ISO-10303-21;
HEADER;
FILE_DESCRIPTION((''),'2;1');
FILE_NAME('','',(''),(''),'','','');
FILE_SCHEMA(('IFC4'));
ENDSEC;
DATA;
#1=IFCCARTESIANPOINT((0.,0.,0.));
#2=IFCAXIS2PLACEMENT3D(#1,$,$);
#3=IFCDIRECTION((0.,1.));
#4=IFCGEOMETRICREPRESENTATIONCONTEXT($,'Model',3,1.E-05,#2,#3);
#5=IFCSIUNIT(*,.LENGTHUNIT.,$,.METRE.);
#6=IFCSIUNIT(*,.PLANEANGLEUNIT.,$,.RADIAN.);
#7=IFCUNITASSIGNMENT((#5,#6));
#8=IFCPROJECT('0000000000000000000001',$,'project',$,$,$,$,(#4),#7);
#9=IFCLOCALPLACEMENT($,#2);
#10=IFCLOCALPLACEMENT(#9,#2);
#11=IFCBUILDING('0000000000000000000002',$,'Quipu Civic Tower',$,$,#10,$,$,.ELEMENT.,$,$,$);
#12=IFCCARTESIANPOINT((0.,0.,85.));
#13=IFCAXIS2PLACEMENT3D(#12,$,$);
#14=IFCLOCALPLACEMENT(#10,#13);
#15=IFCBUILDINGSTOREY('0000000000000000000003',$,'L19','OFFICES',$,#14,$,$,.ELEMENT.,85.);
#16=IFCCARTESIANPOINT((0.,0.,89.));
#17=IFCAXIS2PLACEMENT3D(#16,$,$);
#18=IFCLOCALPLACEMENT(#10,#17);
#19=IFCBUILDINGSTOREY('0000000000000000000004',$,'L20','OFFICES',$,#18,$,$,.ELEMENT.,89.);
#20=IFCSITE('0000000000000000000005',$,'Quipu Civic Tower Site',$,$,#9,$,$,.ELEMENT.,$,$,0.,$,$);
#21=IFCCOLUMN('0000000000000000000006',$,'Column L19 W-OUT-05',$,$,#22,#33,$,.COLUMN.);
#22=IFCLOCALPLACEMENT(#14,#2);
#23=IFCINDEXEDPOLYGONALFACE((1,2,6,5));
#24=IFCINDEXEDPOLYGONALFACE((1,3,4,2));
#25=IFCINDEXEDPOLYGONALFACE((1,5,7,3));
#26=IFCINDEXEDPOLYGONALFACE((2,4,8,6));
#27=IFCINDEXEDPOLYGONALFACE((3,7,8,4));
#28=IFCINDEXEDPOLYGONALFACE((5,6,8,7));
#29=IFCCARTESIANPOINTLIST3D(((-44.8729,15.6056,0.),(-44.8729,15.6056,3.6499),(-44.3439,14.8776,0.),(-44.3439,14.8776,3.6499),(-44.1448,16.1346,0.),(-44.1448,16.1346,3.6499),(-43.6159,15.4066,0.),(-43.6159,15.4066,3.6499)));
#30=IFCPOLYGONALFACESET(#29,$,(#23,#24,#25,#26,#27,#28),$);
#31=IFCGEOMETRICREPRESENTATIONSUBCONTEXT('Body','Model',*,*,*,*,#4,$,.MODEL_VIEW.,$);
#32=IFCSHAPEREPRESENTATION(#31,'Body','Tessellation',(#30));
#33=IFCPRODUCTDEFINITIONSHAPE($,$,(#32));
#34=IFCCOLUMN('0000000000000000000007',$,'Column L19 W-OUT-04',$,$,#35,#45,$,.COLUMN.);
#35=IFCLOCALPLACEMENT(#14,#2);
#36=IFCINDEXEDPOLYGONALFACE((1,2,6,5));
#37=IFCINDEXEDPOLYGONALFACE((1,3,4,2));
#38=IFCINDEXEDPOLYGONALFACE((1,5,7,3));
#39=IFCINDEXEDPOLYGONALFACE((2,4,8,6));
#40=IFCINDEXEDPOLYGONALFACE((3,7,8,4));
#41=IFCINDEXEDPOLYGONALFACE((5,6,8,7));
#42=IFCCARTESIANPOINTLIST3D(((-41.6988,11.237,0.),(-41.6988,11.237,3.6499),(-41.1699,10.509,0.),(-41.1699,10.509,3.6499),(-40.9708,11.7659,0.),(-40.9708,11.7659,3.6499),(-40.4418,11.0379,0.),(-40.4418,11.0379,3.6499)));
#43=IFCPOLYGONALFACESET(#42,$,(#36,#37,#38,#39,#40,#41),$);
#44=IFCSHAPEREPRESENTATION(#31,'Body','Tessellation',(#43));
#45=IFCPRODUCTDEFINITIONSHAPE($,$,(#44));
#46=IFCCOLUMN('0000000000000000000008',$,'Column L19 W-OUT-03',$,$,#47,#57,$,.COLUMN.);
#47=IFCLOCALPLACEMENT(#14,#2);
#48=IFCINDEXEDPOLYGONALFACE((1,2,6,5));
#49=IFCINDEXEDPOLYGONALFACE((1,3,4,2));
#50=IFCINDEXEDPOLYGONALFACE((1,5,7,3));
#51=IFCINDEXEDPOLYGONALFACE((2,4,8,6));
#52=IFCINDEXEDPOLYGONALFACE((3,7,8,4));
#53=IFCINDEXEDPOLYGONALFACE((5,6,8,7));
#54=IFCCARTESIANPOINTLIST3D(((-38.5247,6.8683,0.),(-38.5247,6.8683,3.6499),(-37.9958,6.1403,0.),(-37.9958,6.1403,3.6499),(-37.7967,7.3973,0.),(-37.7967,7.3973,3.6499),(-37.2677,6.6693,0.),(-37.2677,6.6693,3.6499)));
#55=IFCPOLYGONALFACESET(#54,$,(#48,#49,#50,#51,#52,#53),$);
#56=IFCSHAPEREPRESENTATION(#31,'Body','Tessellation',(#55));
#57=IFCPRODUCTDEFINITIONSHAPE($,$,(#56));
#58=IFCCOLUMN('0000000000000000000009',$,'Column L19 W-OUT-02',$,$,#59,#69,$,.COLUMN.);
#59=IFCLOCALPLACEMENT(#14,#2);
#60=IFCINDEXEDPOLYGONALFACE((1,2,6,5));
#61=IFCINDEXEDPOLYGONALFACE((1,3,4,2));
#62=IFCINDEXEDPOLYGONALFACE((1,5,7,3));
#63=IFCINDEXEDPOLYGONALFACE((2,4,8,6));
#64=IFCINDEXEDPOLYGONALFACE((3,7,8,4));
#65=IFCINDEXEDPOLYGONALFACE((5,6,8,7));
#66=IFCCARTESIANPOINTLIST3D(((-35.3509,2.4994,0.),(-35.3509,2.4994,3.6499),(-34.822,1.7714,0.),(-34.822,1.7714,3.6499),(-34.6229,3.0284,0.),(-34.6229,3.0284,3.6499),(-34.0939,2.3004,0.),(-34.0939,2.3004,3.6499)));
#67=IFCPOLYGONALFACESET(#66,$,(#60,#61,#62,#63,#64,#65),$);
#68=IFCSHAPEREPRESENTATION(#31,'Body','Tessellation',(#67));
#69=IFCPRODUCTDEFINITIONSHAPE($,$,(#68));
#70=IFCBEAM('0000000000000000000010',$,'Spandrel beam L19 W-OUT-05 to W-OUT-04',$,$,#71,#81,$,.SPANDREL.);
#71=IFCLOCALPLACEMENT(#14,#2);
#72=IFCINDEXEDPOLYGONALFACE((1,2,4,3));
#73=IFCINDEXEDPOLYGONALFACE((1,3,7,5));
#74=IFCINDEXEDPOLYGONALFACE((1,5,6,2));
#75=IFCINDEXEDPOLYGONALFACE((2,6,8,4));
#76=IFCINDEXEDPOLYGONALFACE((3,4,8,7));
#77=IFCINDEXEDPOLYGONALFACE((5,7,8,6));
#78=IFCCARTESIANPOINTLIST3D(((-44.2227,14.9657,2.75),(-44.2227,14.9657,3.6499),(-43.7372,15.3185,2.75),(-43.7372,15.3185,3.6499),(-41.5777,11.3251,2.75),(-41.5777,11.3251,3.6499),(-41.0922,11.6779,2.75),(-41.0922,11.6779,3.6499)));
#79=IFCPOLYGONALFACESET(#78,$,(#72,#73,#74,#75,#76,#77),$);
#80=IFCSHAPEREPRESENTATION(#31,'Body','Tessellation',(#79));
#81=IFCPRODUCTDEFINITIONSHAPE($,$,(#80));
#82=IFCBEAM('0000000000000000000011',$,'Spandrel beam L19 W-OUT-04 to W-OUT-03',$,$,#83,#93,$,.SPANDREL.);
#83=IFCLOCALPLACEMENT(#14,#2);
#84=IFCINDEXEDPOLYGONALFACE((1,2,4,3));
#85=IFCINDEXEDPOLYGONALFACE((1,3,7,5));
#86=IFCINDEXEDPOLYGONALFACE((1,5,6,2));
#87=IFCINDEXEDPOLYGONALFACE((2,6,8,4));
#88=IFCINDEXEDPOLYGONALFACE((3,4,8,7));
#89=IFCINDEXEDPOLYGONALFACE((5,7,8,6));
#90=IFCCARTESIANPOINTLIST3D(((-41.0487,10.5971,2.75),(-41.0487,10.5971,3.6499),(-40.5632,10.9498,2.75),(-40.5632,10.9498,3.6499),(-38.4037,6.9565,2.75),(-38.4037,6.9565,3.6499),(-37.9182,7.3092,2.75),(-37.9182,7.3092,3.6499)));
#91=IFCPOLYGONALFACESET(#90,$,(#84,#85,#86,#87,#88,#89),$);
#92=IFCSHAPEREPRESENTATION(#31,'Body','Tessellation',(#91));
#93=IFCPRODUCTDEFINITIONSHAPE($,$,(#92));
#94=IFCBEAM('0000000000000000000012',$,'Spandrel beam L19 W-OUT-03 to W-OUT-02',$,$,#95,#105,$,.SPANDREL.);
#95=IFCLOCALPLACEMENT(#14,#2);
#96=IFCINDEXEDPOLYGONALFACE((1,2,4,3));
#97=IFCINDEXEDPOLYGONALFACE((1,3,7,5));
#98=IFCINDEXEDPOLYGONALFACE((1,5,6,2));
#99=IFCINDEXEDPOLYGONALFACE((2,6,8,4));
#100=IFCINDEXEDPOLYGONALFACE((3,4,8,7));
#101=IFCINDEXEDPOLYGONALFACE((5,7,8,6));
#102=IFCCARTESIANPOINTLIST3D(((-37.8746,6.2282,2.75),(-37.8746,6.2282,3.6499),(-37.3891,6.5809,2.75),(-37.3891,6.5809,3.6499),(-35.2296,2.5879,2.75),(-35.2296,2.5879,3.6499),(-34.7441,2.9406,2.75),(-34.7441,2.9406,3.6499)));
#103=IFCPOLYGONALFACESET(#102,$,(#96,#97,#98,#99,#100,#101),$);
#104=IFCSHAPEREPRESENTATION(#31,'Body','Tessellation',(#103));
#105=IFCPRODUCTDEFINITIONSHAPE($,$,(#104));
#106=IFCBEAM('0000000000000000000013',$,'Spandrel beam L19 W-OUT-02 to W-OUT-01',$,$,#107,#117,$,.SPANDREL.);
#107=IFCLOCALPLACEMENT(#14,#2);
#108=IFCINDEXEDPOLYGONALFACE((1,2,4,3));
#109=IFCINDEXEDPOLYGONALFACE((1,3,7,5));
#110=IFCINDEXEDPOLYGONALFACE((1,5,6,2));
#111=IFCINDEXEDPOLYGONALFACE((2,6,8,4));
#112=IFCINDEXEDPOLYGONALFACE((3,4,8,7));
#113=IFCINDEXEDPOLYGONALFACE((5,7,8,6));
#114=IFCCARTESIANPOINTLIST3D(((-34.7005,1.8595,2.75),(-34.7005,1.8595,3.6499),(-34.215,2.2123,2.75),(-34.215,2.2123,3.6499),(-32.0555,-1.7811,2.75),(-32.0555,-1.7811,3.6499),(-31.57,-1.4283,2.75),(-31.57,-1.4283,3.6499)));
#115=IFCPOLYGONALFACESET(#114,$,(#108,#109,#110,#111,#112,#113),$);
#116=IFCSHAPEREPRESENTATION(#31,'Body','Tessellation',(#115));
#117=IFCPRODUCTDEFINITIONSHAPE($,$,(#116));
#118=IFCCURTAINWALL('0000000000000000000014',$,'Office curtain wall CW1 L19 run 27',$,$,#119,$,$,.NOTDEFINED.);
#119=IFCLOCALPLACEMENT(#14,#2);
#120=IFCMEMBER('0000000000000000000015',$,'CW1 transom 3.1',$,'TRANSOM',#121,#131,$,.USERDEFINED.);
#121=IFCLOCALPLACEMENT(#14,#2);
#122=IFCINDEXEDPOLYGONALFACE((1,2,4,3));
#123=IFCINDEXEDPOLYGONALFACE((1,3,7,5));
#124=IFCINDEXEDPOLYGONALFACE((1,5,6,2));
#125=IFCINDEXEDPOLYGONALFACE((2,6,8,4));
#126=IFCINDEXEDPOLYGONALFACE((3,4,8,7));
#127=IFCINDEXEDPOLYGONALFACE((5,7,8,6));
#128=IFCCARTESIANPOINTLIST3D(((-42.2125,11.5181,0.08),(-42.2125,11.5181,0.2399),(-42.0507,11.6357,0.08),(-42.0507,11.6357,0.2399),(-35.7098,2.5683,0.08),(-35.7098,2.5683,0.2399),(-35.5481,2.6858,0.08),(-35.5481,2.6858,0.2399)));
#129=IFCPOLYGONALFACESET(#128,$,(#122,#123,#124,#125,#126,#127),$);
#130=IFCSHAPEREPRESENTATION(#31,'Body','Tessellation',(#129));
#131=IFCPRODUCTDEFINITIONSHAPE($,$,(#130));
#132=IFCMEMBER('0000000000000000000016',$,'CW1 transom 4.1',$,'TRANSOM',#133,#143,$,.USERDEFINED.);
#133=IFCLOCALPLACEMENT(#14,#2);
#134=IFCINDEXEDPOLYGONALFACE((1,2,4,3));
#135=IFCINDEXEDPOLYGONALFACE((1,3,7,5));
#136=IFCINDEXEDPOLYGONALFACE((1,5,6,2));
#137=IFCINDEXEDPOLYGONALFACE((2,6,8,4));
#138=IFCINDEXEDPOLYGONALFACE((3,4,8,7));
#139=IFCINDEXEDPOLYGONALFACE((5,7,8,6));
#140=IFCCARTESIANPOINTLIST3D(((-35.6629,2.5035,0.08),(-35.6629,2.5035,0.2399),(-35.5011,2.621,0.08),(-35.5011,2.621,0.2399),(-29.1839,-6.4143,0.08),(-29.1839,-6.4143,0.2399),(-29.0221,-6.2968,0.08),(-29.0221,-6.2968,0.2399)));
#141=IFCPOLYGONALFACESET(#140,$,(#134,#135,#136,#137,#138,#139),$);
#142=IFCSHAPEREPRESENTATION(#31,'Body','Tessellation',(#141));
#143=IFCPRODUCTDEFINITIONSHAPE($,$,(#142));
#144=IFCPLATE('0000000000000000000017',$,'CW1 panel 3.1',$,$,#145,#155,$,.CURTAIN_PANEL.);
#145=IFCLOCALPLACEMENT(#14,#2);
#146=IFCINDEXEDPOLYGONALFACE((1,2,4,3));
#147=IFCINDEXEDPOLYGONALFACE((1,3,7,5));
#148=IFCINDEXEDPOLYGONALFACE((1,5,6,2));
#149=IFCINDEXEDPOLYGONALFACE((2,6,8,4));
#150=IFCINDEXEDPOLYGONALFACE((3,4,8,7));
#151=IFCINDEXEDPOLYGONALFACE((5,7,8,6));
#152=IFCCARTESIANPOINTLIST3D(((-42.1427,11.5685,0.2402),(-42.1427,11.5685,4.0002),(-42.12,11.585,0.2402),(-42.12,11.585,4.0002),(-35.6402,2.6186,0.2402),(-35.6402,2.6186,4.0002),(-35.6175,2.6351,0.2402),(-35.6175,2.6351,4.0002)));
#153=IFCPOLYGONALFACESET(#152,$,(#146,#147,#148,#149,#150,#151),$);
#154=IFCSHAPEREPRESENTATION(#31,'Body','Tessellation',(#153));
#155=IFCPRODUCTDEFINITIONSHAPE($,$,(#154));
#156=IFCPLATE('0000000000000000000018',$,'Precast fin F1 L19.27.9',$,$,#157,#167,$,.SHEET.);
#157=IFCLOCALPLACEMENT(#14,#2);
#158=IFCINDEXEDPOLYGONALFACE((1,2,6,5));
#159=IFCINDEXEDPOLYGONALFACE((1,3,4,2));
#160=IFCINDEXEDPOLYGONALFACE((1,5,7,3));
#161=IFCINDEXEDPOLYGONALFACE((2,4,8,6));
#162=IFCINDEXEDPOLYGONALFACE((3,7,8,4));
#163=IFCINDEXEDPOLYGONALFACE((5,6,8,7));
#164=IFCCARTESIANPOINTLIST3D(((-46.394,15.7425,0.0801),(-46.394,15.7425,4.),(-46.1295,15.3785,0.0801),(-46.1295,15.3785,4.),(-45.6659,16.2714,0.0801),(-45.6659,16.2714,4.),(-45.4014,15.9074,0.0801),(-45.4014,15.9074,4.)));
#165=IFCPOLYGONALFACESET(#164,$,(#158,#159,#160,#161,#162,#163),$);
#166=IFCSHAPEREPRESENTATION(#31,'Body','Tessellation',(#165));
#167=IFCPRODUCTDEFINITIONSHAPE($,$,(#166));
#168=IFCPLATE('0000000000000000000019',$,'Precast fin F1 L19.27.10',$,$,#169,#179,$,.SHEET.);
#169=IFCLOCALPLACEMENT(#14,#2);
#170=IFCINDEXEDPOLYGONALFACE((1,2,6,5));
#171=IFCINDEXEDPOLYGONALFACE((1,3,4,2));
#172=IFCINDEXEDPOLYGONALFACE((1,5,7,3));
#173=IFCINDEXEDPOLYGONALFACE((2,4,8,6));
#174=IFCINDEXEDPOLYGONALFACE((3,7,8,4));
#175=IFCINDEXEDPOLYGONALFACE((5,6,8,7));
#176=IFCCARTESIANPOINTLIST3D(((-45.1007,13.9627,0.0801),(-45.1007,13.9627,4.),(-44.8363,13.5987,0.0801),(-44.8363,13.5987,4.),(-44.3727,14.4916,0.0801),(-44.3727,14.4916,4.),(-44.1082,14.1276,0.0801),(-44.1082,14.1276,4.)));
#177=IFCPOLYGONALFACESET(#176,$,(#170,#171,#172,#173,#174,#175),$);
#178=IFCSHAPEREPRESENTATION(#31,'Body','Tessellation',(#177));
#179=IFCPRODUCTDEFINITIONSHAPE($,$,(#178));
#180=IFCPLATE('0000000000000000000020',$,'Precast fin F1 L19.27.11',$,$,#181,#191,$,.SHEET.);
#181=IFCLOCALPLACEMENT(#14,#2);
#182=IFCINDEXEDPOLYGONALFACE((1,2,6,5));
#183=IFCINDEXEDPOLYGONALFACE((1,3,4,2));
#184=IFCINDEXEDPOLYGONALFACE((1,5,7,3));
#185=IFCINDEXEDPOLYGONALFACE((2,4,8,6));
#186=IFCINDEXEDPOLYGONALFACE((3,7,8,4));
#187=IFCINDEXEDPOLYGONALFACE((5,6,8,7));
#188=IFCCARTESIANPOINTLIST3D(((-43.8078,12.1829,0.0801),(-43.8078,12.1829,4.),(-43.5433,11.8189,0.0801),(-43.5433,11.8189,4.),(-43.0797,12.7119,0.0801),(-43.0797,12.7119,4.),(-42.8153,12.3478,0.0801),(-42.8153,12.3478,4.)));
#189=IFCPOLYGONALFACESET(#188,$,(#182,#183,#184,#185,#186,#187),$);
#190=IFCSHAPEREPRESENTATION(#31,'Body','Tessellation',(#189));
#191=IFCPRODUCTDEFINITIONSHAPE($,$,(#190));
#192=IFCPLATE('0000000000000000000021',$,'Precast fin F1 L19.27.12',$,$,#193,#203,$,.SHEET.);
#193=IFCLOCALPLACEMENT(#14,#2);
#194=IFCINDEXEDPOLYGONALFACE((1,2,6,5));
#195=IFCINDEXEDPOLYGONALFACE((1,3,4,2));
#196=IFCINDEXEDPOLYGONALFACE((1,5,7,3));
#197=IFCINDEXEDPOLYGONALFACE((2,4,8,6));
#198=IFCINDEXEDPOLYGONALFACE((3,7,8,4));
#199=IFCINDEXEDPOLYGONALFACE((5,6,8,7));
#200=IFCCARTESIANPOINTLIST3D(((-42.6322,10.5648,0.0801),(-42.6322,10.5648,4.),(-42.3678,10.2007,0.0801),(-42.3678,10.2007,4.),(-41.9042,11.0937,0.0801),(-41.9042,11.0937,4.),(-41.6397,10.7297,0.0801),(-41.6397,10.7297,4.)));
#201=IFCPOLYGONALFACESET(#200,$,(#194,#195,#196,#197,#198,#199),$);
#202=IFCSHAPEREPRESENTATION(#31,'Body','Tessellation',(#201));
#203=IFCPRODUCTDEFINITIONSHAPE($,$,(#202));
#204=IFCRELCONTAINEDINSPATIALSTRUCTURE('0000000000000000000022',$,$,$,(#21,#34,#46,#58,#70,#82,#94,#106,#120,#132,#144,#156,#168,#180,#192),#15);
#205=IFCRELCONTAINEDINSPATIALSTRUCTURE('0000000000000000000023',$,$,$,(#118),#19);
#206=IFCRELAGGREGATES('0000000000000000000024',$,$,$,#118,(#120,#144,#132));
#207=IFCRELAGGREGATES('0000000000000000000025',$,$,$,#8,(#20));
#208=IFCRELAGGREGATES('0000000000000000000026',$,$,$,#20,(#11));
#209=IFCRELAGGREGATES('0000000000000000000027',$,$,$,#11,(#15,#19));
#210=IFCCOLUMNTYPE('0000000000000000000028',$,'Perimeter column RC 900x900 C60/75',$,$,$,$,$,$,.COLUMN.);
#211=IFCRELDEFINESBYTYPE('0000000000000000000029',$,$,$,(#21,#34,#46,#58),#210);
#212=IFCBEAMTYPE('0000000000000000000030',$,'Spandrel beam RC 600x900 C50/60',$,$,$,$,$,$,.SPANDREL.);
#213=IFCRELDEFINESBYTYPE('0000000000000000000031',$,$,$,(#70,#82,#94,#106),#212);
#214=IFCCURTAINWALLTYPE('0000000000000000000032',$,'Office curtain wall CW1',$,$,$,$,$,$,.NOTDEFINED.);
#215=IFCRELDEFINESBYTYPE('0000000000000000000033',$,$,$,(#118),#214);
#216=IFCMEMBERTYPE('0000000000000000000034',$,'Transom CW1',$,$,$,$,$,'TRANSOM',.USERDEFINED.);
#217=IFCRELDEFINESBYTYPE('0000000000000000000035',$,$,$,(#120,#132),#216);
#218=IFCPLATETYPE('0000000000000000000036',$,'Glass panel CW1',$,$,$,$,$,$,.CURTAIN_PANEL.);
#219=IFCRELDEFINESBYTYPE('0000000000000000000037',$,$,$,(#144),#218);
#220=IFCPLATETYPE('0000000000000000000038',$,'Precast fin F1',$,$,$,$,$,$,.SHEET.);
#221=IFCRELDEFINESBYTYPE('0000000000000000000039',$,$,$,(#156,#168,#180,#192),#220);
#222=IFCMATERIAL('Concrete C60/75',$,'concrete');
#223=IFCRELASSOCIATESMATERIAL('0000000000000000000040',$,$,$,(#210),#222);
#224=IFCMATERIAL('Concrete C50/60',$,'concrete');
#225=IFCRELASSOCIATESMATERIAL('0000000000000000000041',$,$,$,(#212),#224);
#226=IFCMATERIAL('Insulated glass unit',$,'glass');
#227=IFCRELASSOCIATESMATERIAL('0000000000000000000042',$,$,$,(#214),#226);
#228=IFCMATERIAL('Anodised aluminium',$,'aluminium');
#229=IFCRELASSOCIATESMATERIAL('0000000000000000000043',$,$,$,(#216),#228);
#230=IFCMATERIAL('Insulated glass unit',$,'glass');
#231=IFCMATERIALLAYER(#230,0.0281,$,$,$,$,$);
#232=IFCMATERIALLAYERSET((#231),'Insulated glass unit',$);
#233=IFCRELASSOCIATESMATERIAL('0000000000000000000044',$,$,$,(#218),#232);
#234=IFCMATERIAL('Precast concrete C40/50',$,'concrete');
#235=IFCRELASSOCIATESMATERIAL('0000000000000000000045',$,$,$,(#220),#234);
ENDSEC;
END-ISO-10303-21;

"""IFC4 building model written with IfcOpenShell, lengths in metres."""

from ifc_helpers import new_model, si_unit, direction, frame, origin, origin_2d, place, context, subcontext, project, spatial, rectangle, extrude, material, layer, layer_set, material_profile, profile_set, type_object, element, aggregate, save


model = new_model("IFC4")

# Units and contexts
model_context = context("Model", 3, precision=1e-05, world=origin(), true_north=direction((0.0, 1.0)))
body_context = subcontext(model_context, "Body", "Model", "MODEL_VIEW")
ifc_project = project(units=[si_unit("LENGTHUNIT", "METRE"), si_unit("PLANEANGLEUNIT", "RADIAN")], contexts=[model_context])

# Site, building, storey
site_placement = place(None, origin())
site = spatial("IfcSite", under=ifc_project, at=site_placement, Name="Quipu Civic Tower Site", CompositionType="ELEMENT", RefElevation=0.0)
building_placement = place(site_placement, origin())
building = spatial("IfcBuilding", under=site, at=building_placement, Name="Quipu Civic Tower", CompositionType="ELEMENT")
storey_1_placement = place(building_placement, frame((0.0, 0.0, 85.0)))
storey_1 = spatial("IfcBuildingStorey", under=building, at=storey_1_placement, Name="L19", Description="OFFICES", CompositionType="ELEMENT", Elevation=85.0)

# Columns
ifc_material_1 = material(Name="Concrete C60/75", Category="concrete")
ifc_material_profile_1 = material_profile(ifc_material_1, rectangle(XDim=0.8999, YDim=0.8999, at=origin_2d()), Name="RC900x900")
ifc_profile_set_1 = profile_set([ifc_material_profile_1], Name="Concrete C60/75")
column_type = type_object("IfcColumnType", Name="Perimeter column RC 900x900 C60/75", PredefinedType="COLUMN", material=ifc_profile_set_1)
for number, where, z_axis, x_axis, name in (
    (1, (-44.2444, 15.5061, 0.0), (0.0, 0.0, 1.0), (0.587785, -0.809017, 0.0), "Column L19 W-OUT-05"),
    (2, (-41.0703, 11.1375, 0.0), (0.0, 0.0, 1.0), (0.587785, -0.809017, 0.0), "Column L19 W-OUT-04"),
    (3, (-37.8962, 6.7688, 0.0), (0.0, 0.0, 1.0), (0.587785, -0.809017, 0.0), "Column L19 W-OUT-03"),
    (4, (-34.7224, 2.3999, 0.0), (0.0, 0.0, 1.0), (0.587785, -0.809017, 0.0), "Column L19 W-OUT-02"),
):
    element("IfcColumn", number, at=place(storey_1_placement, frame(where, z_axis=z_axis, x_axis=x_axis)), inside=storey_1, type_object=column_type, Name=name, PredefinedType="COLUMN", context=body_context, shape_type="SweptSolid", body=[
        extrude(rectangle(XDim=0.8999, YDim=0.8999, at=origin_2d()), origin(), (0.0, 0.0, 1.0), 3.6499),
    ])

# Beams
ifc_material_2 = material(Name="Concrete C50/60", Category="concrete")
ifc_material_profile_2 = material_profile(ifc_material_2, rectangle(XDim=0.6001, YDim=0.8999, at=origin_2d()), Name="RC600x900")
ifc_profile_set_2 = profile_set([ifc_material_profile_2], Name="Concrete C50/60")
beam_type = type_object("IfcBeamType", Name="Spandrel beam RC 600x900 C50/60", PredefinedType="SPANDREL", material=ifc_profile_set_2)
for number, where, z_axis, x_axis, name in (
    (5, (-43.98, 15.1421, 3.2), (0.587778, -0.809022, 0.0), (0.809022, 0.587778, 0.0), "Spandrel beam L19 W-OUT-05 to W-OUT-04"),
    (6, (-40.8059, 10.7734, 3.2), (0.587778, -0.809022, 0.0), (0.809022, 0.587778, 0.0), "Spandrel beam L19 W-OUT-04 to W-OUT-03"),
):
    element("IfcBeam", number, at=place(storey_1_placement, frame(where, z_axis=z_axis, x_axis=x_axis)), inside=storey_1, type_object=beam_type, Name=name, PredefinedType="SPANDREL", context=body_context, shape_type="SweptSolid", body=[
        extrude(rectangle(XDim=0.6001, YDim=0.8999, at=origin_2d()), origin(), (0.0, 0.0, 1.0), 4.5),
    ])
beam_1_placement = place(storey_1_placement, frame((-37.6318, 6.4045, 3.2), z_axis=(0.587804, -0.809003, 0.0), x_axis=(0.809003, 0.587804, 0.0)))
element("IfcBeam", 7, at=beam_1_placement, inside=storey_1, type_object=beam_type, Name="Spandrel beam L19 W-OUT-03 to W-OUT-02", PredefinedType="SPANDREL", context=body_context, shape_type="SweptSolid", body=[
    extrude(rectangle(XDim=0.6001, YDim=0.8999, at=origin_2d()), origin(), (0.0, 0.0, 1.0), 4.4998),
])
beam_2_placement = place(storey_1_placement, frame((-34.4578, 2.0359, 3.2), z_axis=(0.587778, -0.809022, 0.0), x_axis=(0.809022, 0.587778, 0.0)))
element("IfcBeam", 8, at=beam_2_placement, inside=storey_1, type_object=beam_type, Name="Spandrel beam L19 W-OUT-02 to W-OUT-01", PredefinedType="SPANDREL", context=body_context, shape_type="SweptSolid", body=[
    extrude(rectangle(XDim=0.6001, YDim=0.8999, at=origin_2d()), origin(), (0.0, 0.0, 1.0), 4.5),
])

# Shared definitions
storey_2_placement = place(building_placement, frame((0.0, 0.0, 89.0)))
storey_2 = spatial("IfcBuildingStorey", under=building, at=storey_2_placement, Name="L20", Description="OFFICES", CompositionType="ELEMENT", Elevation=89.0)

# Curtain wall, members, plate
ifc_material_3 = material(Name="Insulated glass unit", Category="glass")
curtain_wall_type = type_object("IfcCurtainWallType", Name="Office curtain wall CW1", PredefinedType="NOTDEFINED", material=ifc_material_3)
curtain_wall_placement = place(storey_2_placement, origin())
curtain_wall = element("IfcCurtainWall", 9, at=curtain_wall_placement, inside=storey_2, type_object=curtain_wall_type, Name="Office curtain wall CW1 L19 run 27", PredefinedType="NOTDEFINED")
ifc_material_4 = material(Name="Anodised aluminium", Category="aluminium")
ifc_material_profile_3 = material_profile(ifc_material_4, rectangle(XDim=0.2, YDim=0.1599, at=origin_2d()), Name="RECT 200x160")
ifc_profile_set_3 = profile_set([ifc_material_profile_3], Name="Anodised aluminium")
member_type = type_object("IfcMemberType", Name="Transom CW1", ElementType="TRANSOM", PredefinedType="USERDEFINED", material=ifc_profile_set_3)
member_1_placement = place(storey_1_placement, frame((-42.1316, 11.5769, 0.1599), z_axis=(0.587795, -0.80901, 0.0), x_axis=(0.80901, 0.587795, 0.0)))
member_1 = element("IfcMember", 10, at=member_1_placement, inside=storey_1, type_object=member_type, Name="CW1 transom 3.1", ObjectType="TRANSOM", PredefinedType="USERDEFINED", context=body_context, shape_type="SweptSolid", body=[
    extrude(rectangle(XDim=0.2, YDim=0.1599, at=origin_2d()), origin(), (0.0, 0.0, 1.0), 11.0627),
])
member_2_placement = place(storey_1_placement, frame((-35.582, 2.5623, 0.1599), z_axis=(0.587779, -0.809021, 0.0), x_axis=(0.809021, 0.587779, 0.0)))
member_2 = element("IfcMember", 11, at=member_2_placement, inside=storey_1, type_object=member_type, Name="CW1 transom 4.1", ObjectType="TRANSOM", PredefinedType="USERDEFINED", context=body_context, shape_type="SweptSolid", body=[
    extrude(rectangle(XDim=0.2, YDim=0.1599, at=origin_2d()), origin(), (0.0, 0.0, 1.0), 11.0229),
])
ifc_material_5 = material(Name="Insulated glass unit", Category="glass")
ifc_layer_1 = layer(ifc_material_5, 0.0281)
ifc_layer_set_1 = layer_set([ifc_layer_1], Name="Insulated glass unit")
plate_type_1 = type_object("IfcPlateType", Name="Glass panel CW1", PredefinedType="CURTAIN_PANEL", material=ifc_layer_set_1)
plate_placement = place(storey_1_placement, frame((-38.8801, 7.1018, 0.2402), z_axis=(0.0, 0.0, 1.0), x_axis=(0.587786, -0.809017, 0.0)))
plate = element("IfcPlate", 12, at=plate_placement, inside=storey_1, type_object=plate_type_1, Name="CW1 panel 3.1", PredefinedType="CURTAIN_PANEL", context=body_context, shape_type="SweptSolid", body=[
    extrude(rectangle(XDim=11.0627, YDim=0.0281, at=origin_2d()), origin(), (0.0, 0.0, 1.0), 3.76),
])
aggregate(curtain_wall, [member_1, plate, member_2])

# Plates
ifc_material_6 = material(Name="Precast concrete C40/50", Category="concrete")
plate_type_2 = type_object("IfcPlateType", Name="Precast fin F1", PredefinedType="SHEET", material=ifc_material_6)
for number, where, z_axis, x_axis, name in (
    (13, (-45.8977, 15.825, 0.0801), (0.0, 0.0, 1.0), (0.587786, -0.809017, 0.0), "Precast fin F1 L19.27.9"),
    (14, (-44.6045, 14.0452, 0.0801), (0.0, 0.0, 1.0), (0.587786, -0.809017, 0.0), "Precast fin F1 L19.27.10"),
    (15, (-43.3115, 12.2654, 0.0801), (0.0, 0.0, 1.0), (0.587786, -0.809017, 0.0), "Precast fin F1 L19.27.11"),
    (16, (-42.136, 10.6472, 0.0801), (0.0, 0.0, 1.0), (0.587786, -0.809017, 0.0), "Precast fin F1 L19.27.12"),
):
    element("IfcPlate", number, at=place(storey_1_placement, frame(where, z_axis=z_axis, x_axis=x_axis)), inside=storey_1, type_object=plate_type_2, Name=name, PredefinedType="SHEET", context=body_context, shape_type="SweptSolid", body=[
        extrude(rectangle(XDim=0.45, YDim=0.8999, at=origin_2d()), origin(), (0.0, 0.0, 1.0), 3.9199),
    ])

save(model, "model.ifc")
